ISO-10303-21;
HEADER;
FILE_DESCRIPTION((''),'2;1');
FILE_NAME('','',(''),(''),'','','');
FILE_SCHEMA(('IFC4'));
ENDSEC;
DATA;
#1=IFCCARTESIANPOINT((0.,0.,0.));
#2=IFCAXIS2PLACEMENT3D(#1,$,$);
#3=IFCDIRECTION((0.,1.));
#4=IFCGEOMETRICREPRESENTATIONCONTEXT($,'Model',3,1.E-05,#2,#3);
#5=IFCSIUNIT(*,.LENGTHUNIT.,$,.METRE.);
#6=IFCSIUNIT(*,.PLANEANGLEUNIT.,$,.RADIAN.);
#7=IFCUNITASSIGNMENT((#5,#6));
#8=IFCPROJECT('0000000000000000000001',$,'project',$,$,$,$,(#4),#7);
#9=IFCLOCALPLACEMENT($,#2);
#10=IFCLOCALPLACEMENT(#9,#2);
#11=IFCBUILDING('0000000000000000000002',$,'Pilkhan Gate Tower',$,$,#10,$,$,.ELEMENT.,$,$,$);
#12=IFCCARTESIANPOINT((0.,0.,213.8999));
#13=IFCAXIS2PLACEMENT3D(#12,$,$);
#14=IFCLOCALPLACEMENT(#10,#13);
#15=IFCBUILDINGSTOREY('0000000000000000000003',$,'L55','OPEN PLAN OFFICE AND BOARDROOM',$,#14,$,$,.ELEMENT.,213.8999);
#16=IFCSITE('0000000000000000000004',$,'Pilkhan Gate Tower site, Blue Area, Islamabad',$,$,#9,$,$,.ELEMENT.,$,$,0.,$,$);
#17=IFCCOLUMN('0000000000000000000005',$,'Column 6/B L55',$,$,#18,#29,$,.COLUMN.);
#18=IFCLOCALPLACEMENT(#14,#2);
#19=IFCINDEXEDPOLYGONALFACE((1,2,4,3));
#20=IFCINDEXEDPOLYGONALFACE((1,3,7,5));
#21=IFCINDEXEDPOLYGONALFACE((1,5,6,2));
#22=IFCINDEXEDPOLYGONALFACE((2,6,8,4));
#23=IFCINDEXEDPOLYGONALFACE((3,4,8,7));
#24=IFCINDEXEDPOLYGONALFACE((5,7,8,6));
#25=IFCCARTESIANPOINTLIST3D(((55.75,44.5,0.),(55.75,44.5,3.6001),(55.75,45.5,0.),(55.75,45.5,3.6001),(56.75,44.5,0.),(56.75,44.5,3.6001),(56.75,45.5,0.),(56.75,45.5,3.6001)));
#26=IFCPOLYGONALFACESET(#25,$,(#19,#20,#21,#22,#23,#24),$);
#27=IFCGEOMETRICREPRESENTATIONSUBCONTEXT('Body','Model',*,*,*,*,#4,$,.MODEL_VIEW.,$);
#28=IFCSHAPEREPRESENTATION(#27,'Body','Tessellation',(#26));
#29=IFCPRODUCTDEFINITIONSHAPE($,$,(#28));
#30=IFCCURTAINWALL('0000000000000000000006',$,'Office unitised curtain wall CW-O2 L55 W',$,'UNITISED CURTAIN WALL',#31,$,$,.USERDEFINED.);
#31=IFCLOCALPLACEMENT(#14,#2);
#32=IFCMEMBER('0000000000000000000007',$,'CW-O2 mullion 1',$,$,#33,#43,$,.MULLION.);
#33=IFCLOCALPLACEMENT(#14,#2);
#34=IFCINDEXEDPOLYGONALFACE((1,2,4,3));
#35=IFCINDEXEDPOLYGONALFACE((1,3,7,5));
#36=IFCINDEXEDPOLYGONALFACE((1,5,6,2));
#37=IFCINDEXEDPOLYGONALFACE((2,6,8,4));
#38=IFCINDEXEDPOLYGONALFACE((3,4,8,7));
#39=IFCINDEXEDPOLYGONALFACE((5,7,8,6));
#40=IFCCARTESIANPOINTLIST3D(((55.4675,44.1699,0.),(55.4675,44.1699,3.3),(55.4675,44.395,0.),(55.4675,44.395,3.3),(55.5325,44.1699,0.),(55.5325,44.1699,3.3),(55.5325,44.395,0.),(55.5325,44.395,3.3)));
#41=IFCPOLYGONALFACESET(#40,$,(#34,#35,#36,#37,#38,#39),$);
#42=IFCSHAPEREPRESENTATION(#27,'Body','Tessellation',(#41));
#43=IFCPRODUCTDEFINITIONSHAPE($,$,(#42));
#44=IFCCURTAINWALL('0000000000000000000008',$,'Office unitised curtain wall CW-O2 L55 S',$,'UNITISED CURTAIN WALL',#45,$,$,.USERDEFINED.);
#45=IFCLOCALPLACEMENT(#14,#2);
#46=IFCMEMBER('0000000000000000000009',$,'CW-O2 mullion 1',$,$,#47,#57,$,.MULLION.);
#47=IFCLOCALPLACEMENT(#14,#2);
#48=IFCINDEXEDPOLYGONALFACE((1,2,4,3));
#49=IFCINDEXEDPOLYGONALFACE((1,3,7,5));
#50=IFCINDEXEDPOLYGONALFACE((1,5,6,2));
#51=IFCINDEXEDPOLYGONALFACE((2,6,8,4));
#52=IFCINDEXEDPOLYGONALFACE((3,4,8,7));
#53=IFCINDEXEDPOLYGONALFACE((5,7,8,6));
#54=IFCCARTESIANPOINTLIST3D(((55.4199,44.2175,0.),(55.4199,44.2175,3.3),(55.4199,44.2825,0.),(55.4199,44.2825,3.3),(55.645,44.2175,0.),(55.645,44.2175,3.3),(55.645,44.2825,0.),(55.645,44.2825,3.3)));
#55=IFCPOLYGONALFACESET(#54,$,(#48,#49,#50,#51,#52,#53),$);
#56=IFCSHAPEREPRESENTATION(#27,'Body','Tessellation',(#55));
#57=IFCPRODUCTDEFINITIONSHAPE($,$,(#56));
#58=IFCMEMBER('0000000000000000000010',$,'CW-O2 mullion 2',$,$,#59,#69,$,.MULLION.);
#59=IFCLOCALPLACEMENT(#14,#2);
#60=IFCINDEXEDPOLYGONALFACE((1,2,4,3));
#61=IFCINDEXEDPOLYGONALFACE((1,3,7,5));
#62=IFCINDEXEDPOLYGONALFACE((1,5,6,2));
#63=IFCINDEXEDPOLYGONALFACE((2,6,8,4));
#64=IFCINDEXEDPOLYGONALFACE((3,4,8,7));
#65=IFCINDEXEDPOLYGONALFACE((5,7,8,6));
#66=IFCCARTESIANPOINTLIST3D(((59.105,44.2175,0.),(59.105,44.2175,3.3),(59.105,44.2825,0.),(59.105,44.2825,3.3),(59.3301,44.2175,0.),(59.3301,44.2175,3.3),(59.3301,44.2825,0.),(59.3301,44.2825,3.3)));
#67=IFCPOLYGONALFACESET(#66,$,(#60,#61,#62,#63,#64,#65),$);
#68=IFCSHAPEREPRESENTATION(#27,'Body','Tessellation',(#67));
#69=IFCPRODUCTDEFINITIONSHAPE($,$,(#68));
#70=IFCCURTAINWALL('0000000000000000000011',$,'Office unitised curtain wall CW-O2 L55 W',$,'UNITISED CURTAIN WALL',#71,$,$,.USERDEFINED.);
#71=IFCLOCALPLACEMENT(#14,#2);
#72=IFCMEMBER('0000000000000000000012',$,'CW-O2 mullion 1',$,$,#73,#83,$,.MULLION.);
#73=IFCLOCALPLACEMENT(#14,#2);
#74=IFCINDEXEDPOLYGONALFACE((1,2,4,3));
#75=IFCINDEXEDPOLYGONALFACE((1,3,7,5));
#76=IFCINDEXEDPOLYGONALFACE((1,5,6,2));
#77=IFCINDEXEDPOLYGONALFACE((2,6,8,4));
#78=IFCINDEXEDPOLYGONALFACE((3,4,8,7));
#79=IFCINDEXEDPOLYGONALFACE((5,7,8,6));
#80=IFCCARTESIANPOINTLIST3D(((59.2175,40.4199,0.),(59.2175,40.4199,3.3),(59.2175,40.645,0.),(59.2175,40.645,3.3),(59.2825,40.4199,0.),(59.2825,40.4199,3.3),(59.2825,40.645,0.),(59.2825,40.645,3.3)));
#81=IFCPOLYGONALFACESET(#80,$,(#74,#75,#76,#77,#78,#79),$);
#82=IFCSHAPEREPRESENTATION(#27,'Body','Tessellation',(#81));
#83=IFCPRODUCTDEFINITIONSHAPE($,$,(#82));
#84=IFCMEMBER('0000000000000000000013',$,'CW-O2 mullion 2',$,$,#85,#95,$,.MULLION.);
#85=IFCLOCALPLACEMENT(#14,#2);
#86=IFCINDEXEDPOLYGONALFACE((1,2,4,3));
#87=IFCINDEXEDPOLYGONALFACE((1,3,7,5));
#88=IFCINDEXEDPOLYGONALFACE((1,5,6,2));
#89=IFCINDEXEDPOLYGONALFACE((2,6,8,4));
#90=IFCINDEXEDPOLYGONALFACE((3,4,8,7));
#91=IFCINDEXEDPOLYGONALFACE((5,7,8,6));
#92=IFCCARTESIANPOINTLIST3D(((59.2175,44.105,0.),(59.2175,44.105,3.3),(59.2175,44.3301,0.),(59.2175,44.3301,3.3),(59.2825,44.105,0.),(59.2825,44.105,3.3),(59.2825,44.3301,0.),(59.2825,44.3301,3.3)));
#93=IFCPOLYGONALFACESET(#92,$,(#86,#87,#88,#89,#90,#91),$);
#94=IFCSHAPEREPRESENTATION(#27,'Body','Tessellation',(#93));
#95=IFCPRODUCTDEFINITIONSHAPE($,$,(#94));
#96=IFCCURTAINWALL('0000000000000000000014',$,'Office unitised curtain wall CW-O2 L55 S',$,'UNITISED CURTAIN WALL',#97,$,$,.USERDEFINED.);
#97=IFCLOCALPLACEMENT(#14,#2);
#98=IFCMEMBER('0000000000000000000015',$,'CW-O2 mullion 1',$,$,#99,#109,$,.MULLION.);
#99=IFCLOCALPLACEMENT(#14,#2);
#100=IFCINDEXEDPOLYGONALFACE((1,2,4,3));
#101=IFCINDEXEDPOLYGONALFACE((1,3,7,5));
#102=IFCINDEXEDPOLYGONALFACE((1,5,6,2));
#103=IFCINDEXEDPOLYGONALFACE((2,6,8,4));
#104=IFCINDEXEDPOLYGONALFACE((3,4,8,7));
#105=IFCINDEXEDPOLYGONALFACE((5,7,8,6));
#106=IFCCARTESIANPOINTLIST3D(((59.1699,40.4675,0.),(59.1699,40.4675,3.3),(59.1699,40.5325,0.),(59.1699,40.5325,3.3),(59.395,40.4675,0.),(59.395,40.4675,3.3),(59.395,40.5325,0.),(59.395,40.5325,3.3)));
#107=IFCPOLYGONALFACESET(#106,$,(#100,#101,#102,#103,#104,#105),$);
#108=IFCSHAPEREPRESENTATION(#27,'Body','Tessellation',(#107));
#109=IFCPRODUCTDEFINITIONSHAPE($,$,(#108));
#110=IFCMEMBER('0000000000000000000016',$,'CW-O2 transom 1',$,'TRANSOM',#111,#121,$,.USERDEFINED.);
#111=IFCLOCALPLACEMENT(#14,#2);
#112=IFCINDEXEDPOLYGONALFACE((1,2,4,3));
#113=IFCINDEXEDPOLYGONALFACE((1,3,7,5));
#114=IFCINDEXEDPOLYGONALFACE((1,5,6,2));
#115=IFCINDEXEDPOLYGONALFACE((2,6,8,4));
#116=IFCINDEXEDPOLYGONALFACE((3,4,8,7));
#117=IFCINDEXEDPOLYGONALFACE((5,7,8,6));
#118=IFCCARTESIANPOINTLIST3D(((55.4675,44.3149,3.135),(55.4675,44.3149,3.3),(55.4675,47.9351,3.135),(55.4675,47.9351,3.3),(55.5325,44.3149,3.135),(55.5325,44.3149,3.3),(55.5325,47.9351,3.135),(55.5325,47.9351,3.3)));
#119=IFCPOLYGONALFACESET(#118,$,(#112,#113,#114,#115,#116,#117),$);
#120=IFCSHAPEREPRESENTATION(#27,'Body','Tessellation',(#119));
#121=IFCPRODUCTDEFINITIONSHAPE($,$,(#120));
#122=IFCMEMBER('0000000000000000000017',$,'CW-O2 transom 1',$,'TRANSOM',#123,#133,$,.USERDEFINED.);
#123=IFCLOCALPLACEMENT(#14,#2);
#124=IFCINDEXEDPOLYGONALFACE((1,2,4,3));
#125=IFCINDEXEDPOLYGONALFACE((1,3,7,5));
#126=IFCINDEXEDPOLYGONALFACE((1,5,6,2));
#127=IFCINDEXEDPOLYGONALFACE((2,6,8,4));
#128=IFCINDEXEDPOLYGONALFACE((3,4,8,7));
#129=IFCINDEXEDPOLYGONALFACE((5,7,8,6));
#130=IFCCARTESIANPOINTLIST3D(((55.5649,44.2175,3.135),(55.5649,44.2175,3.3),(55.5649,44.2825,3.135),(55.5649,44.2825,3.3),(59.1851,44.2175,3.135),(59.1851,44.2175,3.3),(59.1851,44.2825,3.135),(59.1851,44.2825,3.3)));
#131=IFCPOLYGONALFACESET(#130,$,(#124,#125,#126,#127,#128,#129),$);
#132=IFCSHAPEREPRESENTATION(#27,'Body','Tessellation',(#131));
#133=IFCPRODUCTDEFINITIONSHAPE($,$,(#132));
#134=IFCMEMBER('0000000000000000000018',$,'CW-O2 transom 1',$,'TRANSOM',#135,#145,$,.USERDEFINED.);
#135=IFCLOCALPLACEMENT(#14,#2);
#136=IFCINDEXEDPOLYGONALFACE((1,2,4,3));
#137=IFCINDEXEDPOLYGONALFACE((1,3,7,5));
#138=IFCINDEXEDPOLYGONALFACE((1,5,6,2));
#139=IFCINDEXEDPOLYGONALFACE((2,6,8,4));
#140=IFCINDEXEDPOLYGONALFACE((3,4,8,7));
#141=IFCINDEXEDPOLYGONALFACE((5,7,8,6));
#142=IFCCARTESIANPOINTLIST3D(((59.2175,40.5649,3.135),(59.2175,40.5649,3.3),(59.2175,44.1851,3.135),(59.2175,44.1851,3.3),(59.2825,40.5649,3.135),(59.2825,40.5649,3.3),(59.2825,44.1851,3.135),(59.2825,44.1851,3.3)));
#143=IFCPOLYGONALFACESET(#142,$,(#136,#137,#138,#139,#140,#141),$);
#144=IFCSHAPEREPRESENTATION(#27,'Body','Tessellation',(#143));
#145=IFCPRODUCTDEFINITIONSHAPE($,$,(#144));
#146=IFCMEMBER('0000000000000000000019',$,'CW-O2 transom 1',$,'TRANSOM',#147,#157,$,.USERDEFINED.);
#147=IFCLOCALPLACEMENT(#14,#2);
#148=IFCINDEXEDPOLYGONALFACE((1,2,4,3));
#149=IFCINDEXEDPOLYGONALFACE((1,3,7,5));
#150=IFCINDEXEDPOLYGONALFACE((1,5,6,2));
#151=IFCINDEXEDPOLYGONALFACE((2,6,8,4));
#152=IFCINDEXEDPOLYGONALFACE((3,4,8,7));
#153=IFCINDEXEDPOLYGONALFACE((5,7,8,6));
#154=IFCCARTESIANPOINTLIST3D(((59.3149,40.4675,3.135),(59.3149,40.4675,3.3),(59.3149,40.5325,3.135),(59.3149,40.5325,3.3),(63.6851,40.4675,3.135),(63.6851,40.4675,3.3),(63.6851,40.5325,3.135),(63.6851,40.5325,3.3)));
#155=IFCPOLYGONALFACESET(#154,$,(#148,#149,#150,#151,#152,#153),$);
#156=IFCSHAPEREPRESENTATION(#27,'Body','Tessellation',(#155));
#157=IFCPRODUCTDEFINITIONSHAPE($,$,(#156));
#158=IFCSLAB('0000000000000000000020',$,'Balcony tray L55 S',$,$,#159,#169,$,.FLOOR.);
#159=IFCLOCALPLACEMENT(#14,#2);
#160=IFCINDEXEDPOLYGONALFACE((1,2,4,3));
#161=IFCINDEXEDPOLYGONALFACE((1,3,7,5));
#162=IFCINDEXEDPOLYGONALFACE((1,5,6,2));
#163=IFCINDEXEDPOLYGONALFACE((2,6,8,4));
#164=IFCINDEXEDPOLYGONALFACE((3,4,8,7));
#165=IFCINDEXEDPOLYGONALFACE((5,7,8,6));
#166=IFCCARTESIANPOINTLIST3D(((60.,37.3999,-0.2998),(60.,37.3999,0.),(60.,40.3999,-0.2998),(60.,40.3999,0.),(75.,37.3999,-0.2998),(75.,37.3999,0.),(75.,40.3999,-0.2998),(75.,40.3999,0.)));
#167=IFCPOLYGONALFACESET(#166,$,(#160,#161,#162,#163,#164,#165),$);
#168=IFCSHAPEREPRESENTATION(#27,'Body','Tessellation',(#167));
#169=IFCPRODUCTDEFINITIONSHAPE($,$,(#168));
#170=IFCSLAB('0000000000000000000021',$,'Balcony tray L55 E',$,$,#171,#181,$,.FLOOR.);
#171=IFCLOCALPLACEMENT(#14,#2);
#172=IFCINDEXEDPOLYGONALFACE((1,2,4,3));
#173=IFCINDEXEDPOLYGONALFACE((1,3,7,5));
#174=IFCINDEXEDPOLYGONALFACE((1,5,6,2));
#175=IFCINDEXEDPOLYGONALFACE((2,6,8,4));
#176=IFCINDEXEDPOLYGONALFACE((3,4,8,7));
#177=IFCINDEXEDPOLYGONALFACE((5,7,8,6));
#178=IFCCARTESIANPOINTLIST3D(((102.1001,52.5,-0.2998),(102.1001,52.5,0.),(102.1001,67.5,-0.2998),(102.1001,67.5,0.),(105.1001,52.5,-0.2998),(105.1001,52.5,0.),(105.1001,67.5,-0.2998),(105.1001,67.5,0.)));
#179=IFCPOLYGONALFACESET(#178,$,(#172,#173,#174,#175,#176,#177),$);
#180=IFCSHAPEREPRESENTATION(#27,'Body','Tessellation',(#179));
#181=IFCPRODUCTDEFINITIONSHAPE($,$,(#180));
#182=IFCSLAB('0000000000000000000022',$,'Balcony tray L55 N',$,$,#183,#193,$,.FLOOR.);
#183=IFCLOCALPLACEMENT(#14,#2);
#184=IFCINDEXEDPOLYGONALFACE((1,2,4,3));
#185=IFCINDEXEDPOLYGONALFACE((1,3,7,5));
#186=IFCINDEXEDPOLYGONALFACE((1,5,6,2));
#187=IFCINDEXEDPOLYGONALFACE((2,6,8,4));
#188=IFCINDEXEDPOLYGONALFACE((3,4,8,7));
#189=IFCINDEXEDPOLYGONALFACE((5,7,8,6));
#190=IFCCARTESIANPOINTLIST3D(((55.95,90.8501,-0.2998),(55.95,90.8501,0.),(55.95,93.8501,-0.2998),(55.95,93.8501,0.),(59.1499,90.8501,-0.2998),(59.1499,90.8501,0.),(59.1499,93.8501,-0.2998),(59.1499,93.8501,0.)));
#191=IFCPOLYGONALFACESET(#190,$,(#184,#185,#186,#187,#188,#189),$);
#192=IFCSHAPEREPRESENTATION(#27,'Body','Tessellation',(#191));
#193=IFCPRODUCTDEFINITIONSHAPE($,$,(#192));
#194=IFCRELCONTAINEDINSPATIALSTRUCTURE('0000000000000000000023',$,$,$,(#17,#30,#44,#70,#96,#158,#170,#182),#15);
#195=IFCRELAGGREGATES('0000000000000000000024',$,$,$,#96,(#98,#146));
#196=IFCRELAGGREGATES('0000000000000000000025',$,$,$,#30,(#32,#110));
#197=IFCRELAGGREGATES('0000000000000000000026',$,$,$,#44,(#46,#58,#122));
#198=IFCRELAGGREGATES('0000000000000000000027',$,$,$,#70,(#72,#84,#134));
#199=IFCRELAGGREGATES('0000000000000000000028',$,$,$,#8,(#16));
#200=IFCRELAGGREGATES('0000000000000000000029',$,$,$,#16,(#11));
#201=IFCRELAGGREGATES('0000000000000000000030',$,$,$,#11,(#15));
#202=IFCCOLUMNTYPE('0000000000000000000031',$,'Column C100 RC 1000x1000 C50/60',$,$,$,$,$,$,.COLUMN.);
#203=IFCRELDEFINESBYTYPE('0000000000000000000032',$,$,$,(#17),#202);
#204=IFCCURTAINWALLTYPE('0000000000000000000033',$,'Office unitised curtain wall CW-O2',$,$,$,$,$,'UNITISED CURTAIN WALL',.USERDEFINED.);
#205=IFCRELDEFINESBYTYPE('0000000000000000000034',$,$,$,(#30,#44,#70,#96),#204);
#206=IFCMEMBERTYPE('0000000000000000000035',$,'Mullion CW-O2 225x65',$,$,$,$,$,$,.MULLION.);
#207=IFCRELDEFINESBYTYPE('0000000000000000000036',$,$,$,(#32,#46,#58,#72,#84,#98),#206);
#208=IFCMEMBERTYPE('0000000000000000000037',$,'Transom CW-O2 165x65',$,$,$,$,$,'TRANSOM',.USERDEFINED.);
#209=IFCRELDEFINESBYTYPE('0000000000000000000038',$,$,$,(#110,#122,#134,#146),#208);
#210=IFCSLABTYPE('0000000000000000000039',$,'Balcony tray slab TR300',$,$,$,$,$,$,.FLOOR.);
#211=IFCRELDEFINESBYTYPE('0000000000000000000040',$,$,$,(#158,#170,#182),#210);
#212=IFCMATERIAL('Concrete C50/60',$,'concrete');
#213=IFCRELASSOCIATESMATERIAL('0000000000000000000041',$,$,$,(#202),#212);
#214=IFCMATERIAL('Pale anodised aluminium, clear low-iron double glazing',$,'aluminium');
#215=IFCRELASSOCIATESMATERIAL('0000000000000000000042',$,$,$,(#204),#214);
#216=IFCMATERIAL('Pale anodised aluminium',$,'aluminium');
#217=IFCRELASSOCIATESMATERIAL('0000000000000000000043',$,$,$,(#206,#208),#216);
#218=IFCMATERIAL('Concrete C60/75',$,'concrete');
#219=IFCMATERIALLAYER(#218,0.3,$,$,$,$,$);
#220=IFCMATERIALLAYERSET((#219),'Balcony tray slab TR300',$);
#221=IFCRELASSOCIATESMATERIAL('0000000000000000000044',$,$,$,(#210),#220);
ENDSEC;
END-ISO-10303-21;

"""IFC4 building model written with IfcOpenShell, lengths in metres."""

from ifc_helpers import new_model, si_unit, direction, frame, origin, origin_2d, place, context, subcontext, project, spatial, polyline, rectangle, outline, extrude, material, layer, layer_set, material_profile, profile_set, type_object, element, aggregate, save


model = new_model("IFC4")

# Units and contexts
model_context = context("Model", 3, precision=1e-05, world=origin(), true_north=direction((0.0, 1.0)))
body_context = subcontext(model_context, "Body", "Model", "MODEL_VIEW")
ifc_project = project(units=[si_unit("LENGTHUNIT", "METRE"), si_unit("PLANEANGLEUNIT", "RADIAN")], contexts=[model_context])

# Site, building, storey
site_placement = place(None, origin())
site = spatial("IfcSite", under=ifc_project, at=site_placement, Name="Pilkhan Gate Tower site, Blue Area, Islamabad", CompositionType="ELEMENT", RefElevation=0.0)
building_placement = place(site_placement, origin())
building = spatial("IfcBuilding", under=site, at=building_placement, Name="Pilkhan Gate Tower", CompositionType="ELEMENT")
storey_placement = place(building_placement, frame((0.0, 0.0, 213.8999)))
storey = spatial("IfcBuildingStorey", under=building, at=storey_placement, Name="L55", Description="OPEN PLAN OFFICE AND BOARDROOM", CompositionType="ELEMENT", Elevation=213.8999)

# Column
ifc_material_1 = material(Name="Concrete C50/60", Category="concrete")
ifc_material_profile_1 = material_profile(ifc_material_1, rectangle(XDim=1.0, YDim=1.0, at=origin_2d()), Name="RC 1000x1000")
ifc_profile_set_1 = profile_set([ifc_material_profile_1], Name="Concrete C50/60")
column_type = type_object("IfcColumnType", Name="Column C100 RC 1000x1000 C50/60", PredefinedType="COLUMN", material=ifc_profile_set_1)
column_placement = place(storey_placement, frame((56.25, 45.0, 0.0), z_axis=(0.0, 0.0, 1.0), x_axis=(1.0, 0.0, 0.0)))
element("IfcColumn", 1, at=column_placement, inside=storey, type_object=column_type, Name="Column 6/B L55", PredefinedType="COLUMN", context=body_context, shape_type="SweptSolid", body=[
    extrude(rectangle(XDim=1.0, YDim=1.0, at=origin_2d()), origin(), (0.0, 0.0, 1.0), 3.6001),
])

# Curtain wall, member
ifc_material_2 = material(Name="Pale anodised aluminium, clear low-iron double glazing", Category="aluminium")
curtain_wall_type = type_object("IfcCurtainWallType", Name="Office unitised curtain wall CW-O2", ElementType="UNITISED CURTAIN WALL", PredefinedType="USERDEFINED", material=ifc_material_2)
curtain_wall_1_placement = place(storey_placement, origin())
curtain_wall_1 = element("IfcCurtainWall", 2, at=curtain_wall_1_placement, inside=storey, type_object=curtain_wall_type, Name="Office unitised curtain wall CW-O2 L55 W", ObjectType="UNITISED CURTAIN WALL", PredefinedType="USERDEFINED")
ifc_material_3 = material(Name="Pale anodised aluminium", Category="aluminium")
ifc_material_profile_2 = material_profile(ifc_material_3, rectangle(XDim=0.0649, YDim=0.2251, at=origin_2d()), Name="Mullion 225x65")
ifc_profile_set_2 = profile_set([ifc_material_profile_2], Name="Pale anodised aluminium")
member_type_1 = type_object("IfcMemberType", Name="Mullion CW-O2 225x65", PredefinedType="MULLION", material=ifc_profile_set_2)
member_1_placement = place(storey_placement, frame((55.5, 44.2825, 0.0), z_axis=(0.0, 0.0, 1.0), x_axis=(-1.0, 0.0, 0.0)))
member_1 = element("IfcMember", 3, at=member_1_placement, type_object=member_type_1, Name="CW-O2 mullion 1", PredefinedType="MULLION", context=body_context, shape_type="SweptSolid", body=[
    extrude(rectangle(XDim=0.0649, YDim=0.2251, at=origin_2d()), origin(), (0.0, 0.0, 1.0), 3.3),
])

# Curtain walls, members
curtain_wall_2_placement = place(storey_placement, origin())
curtain_wall_2 = element("IfcCurtainWall", 4, at=curtain_wall_2_placement, inside=storey, type_object=curtain_wall_type, Name="Office unitised curtain wall CW-O2 L55 S", ObjectType="UNITISED CURTAIN WALL", PredefinedType="USERDEFINED")
member_2_placement = place(storey_placement, frame((55.5325, 44.25, 0.0), z_axis=(0.0, 0.0, 1.0), x_axis=(0.0, 1.0, 0.0)))
member_2 = element("IfcMember", 5, at=member_2_placement, type_object=member_type_1, Name="CW-O2 mullion 1", PredefinedType="MULLION", context=body_context, shape_type="SweptSolid", body=[
    extrude(rectangle(XDim=0.0649, YDim=0.2251, at=origin_2d()), origin(), (0.0, 0.0, 1.0), 3.3),
])
member_3_placement = place(storey_placement, frame((59.2175, 44.25, 0.0), z_axis=(0.0, 0.0, 1.0), x_axis=(0.0, 1.0, 0.0)))
member_3 = element("IfcMember", 6, at=member_3_placement, type_object=member_type_1, Name="CW-O2 mullion 2", PredefinedType="MULLION", context=body_context, shape_type="SweptSolid", body=[
    extrude(rectangle(XDim=0.0649, YDim=0.2251, at=origin_2d()), origin(), (0.0, 0.0, 1.0), 3.3),
])
curtain_wall_3_placement = place(storey_placement, origin())
curtain_wall_3 = element("IfcCurtainWall", 7, at=curtain_wall_3_placement, inside=storey, type_object=curtain_wall_type, Name="Office unitised curtain wall CW-O2 L55 W", ObjectType="UNITISED CURTAIN WALL", PredefinedType="USERDEFINED")
member_4_placement = place(storey_placement, frame((59.25, 40.5325, 0.0), z_axis=(0.0, 0.0, 1.0), x_axis=(-1.0, 0.0, 0.0)))
member_4 = element("IfcMember", 8, at=member_4_placement, type_object=member_type_1, Name="CW-O2 mullion 1", PredefinedType="MULLION", context=body_context, shape_type="SweptSolid", body=[
    extrude(rectangle(XDim=0.0649, YDim=0.2251, at=origin_2d()), origin(), (0.0, 0.0, 1.0), 3.3),
])
member_5_placement = place(storey_placement, frame((59.25, 44.2175, 0.0), z_axis=(0.0, 0.0, 1.0), x_axis=(-1.0, 0.0, 0.0)))
member_5 = element("IfcMember", 9, at=member_5_placement, type_object=member_type_1, Name="CW-O2 mullion 2", PredefinedType="MULLION", context=body_context, shape_type="SweptSolid", body=[
    extrude(rectangle(XDim=0.0649, YDim=0.2251, at=origin_2d()), origin(), (0.0, 0.0, 1.0), 3.3),
])

# Curtain wall, member
curtain_wall_4_placement = place(storey_placement, origin())
curtain_wall_4 = element("IfcCurtainWall", 10, at=curtain_wall_4_placement, inside=storey, type_object=curtain_wall_type, Name="Office unitised curtain wall CW-O2 L55 S", ObjectType="UNITISED CURTAIN WALL", PredefinedType="USERDEFINED")
member_6_placement = place(storey_placement, frame((59.2825, 40.5, 0.0), z_axis=(0.0, 0.0, 1.0), x_axis=(0.0, 1.0, 0.0)))
member_6 = element("IfcMember", 11, at=member_6_placement, type_object=member_type_1, Name="CW-O2 mullion 1", PredefinedType="MULLION", context=body_context, shape_type="SweptSolid", body=[
    extrude(rectangle(XDim=0.0649, YDim=0.2251, at=origin_2d()), origin(), (0.0, 0.0, 1.0), 3.3),
])

# Members
ifc_material_profile_3 = material_profile(ifc_material_3, rectangle(XDim=0.0649, YDim=0.165, at=origin_2d()), Name="Transom 165x65")
ifc_profile_set_3 = profile_set([ifc_material_profile_3], Name="Pale anodised aluminium")
member_type_2 = type_object("IfcMemberType", Name="Transom CW-O2 165x65", ElementType="TRANSOM", PredefinedType="USERDEFINED", material=ifc_profile_set_3)
member_7_placement = place(storey_placement, frame((55.5, 44.3149, 3.2175), z_axis=(0.0, 1.0, 0.0), x_axis=(-1.0, 0.0, 0.0)))
member_7 = element("IfcMember", 12, at=member_7_placement, type_object=member_type_2, Name="CW-O2 transom 1", ObjectType="TRANSOM", PredefinedType="USERDEFINED", context=body_context, shape_type="SweptSolid", body=[
    extrude(rectangle(XDim=0.0649, YDim=0.165, at=origin_2d()), origin(), (0.0, 0.0, 1.0), 3.6201),
])
member_8_placement = place(storey_placement, frame((55.5649, 44.25, 3.2175), z_axis=(1.0, 0.0, 0.0), x_axis=(0.0, 1.0, 0.0)))
member_8 = element("IfcMember", 13, at=member_8_placement, type_object=member_type_2, Name="CW-O2 transom 1", ObjectType="TRANSOM", PredefinedType="USERDEFINED", context=body_context, shape_type="SweptSolid", body=[
    extrude(rectangle(XDim=0.0649, YDim=0.165, at=origin_2d()), origin(), (0.0, 0.0, 1.0), 3.6201),
])
member_9_placement = place(storey_placement, frame((59.25, 40.5649, 3.2175), z_axis=(0.0, 1.0, 0.0), x_axis=(-1.0, 0.0, 0.0)))
member_9 = element("IfcMember", 14, at=member_9_placement, type_object=member_type_2, Name="CW-O2 transom 1", ObjectType="TRANSOM", PredefinedType="USERDEFINED", context=body_context, shape_type="SweptSolid", body=[
    extrude(rectangle(XDim=0.0649, YDim=0.165, at=origin_2d()), origin(), (0.0, 0.0, 1.0), 3.6201),
])
member_10_placement = place(storey_placement, frame((59.3149, 40.5, 3.2175), z_axis=(1.0, 0.0, 0.0), x_axis=(0.0, 1.0, 0.0)))
member_10 = element("IfcMember", 15, at=member_10_placement, type_object=member_type_2, Name="CW-O2 transom 1", ObjectType="TRANSOM", PredefinedType="USERDEFINED", context=body_context, shape_type="SweptSolid", body=[
    extrude(rectangle(XDim=0.0649, YDim=0.165, at=origin_2d()), origin(), (0.0, 0.0, 1.0), 4.3701),
])
aggregate(curtain_wall_4, [member_6, member_10])

# Slabs
ifc_material_4 = material(Name="Concrete C60/75", Category="concrete")
ifc_layer_1 = layer(ifc_material_4, 0.3)
ifc_layer_set_1 = layer_set([ifc_layer_1], Name="Balcony tray slab TR300")
slab_type_1 = type_object("IfcSlabType", Name="Balcony tray slab TR300", PredefinedType="FLOOR", material=ifc_layer_set_1)
slab_1_placement = place(storey_placement, frame((0.0, 0.0, -0.2998)))
element("IfcSlab", 16, at=slab_1_placement, inside=storey, type_object=slab_type_1, Name="Balcony tray L55 S", PredefinedType="FLOOR", context=body_context, shape_type="SweptSolid", body=[
    extrude(outline(polyline([(75.0, 37.3999), (75.0, 40.3999), (60.0, 40.3999), (60.0, 37.3999), (75.0, 37.3999)])), origin(), (0.0, 0.0, 1.0), 0.2998),
])
slab_2_placement = place(storey_placement, frame((0.0, 0.0, -0.2998)))
element("IfcSlab", 17, at=slab_2_placement, inside=storey, type_object=slab_type_1, Name="Balcony tray L55 E", PredefinedType="FLOOR", context=body_context, shape_type="SweptSolid", body=[
    extrude(outline(polyline([(105.1001, 52.5), (105.1001, 67.5), (102.1001, 67.5), (102.1001, 52.5), (105.1001, 52.5)])), origin(), (0.0, 0.0, 1.0), 0.2998),
])
slab_3_placement = place(storey_placement, frame((0.0, 0.0, -0.2998)))
element("IfcSlab", 18, at=slab_3_placement, inside=storey, type_object=slab_type_1, Name="Balcony tray L55 N", PredefinedType="FLOOR", context=body_context, shape_type="SweptSolid", body=[
    extrude(outline(polyline([(59.1499, 90.8501), (59.1499, 93.8501), (55.95, 93.8501), (55.95, 90.8501), (59.1499, 90.8501)])), origin(), (0.0, 0.0, 1.0), 0.2998),
])

aggregate(curtain_wall_1, [member_1, member_7])
aggregate(curtain_wall_2, [member_2, member_3, member_8])
aggregate(curtain_wall_3, [member_4, member_5, member_9])

save(model, "model.ifc")
